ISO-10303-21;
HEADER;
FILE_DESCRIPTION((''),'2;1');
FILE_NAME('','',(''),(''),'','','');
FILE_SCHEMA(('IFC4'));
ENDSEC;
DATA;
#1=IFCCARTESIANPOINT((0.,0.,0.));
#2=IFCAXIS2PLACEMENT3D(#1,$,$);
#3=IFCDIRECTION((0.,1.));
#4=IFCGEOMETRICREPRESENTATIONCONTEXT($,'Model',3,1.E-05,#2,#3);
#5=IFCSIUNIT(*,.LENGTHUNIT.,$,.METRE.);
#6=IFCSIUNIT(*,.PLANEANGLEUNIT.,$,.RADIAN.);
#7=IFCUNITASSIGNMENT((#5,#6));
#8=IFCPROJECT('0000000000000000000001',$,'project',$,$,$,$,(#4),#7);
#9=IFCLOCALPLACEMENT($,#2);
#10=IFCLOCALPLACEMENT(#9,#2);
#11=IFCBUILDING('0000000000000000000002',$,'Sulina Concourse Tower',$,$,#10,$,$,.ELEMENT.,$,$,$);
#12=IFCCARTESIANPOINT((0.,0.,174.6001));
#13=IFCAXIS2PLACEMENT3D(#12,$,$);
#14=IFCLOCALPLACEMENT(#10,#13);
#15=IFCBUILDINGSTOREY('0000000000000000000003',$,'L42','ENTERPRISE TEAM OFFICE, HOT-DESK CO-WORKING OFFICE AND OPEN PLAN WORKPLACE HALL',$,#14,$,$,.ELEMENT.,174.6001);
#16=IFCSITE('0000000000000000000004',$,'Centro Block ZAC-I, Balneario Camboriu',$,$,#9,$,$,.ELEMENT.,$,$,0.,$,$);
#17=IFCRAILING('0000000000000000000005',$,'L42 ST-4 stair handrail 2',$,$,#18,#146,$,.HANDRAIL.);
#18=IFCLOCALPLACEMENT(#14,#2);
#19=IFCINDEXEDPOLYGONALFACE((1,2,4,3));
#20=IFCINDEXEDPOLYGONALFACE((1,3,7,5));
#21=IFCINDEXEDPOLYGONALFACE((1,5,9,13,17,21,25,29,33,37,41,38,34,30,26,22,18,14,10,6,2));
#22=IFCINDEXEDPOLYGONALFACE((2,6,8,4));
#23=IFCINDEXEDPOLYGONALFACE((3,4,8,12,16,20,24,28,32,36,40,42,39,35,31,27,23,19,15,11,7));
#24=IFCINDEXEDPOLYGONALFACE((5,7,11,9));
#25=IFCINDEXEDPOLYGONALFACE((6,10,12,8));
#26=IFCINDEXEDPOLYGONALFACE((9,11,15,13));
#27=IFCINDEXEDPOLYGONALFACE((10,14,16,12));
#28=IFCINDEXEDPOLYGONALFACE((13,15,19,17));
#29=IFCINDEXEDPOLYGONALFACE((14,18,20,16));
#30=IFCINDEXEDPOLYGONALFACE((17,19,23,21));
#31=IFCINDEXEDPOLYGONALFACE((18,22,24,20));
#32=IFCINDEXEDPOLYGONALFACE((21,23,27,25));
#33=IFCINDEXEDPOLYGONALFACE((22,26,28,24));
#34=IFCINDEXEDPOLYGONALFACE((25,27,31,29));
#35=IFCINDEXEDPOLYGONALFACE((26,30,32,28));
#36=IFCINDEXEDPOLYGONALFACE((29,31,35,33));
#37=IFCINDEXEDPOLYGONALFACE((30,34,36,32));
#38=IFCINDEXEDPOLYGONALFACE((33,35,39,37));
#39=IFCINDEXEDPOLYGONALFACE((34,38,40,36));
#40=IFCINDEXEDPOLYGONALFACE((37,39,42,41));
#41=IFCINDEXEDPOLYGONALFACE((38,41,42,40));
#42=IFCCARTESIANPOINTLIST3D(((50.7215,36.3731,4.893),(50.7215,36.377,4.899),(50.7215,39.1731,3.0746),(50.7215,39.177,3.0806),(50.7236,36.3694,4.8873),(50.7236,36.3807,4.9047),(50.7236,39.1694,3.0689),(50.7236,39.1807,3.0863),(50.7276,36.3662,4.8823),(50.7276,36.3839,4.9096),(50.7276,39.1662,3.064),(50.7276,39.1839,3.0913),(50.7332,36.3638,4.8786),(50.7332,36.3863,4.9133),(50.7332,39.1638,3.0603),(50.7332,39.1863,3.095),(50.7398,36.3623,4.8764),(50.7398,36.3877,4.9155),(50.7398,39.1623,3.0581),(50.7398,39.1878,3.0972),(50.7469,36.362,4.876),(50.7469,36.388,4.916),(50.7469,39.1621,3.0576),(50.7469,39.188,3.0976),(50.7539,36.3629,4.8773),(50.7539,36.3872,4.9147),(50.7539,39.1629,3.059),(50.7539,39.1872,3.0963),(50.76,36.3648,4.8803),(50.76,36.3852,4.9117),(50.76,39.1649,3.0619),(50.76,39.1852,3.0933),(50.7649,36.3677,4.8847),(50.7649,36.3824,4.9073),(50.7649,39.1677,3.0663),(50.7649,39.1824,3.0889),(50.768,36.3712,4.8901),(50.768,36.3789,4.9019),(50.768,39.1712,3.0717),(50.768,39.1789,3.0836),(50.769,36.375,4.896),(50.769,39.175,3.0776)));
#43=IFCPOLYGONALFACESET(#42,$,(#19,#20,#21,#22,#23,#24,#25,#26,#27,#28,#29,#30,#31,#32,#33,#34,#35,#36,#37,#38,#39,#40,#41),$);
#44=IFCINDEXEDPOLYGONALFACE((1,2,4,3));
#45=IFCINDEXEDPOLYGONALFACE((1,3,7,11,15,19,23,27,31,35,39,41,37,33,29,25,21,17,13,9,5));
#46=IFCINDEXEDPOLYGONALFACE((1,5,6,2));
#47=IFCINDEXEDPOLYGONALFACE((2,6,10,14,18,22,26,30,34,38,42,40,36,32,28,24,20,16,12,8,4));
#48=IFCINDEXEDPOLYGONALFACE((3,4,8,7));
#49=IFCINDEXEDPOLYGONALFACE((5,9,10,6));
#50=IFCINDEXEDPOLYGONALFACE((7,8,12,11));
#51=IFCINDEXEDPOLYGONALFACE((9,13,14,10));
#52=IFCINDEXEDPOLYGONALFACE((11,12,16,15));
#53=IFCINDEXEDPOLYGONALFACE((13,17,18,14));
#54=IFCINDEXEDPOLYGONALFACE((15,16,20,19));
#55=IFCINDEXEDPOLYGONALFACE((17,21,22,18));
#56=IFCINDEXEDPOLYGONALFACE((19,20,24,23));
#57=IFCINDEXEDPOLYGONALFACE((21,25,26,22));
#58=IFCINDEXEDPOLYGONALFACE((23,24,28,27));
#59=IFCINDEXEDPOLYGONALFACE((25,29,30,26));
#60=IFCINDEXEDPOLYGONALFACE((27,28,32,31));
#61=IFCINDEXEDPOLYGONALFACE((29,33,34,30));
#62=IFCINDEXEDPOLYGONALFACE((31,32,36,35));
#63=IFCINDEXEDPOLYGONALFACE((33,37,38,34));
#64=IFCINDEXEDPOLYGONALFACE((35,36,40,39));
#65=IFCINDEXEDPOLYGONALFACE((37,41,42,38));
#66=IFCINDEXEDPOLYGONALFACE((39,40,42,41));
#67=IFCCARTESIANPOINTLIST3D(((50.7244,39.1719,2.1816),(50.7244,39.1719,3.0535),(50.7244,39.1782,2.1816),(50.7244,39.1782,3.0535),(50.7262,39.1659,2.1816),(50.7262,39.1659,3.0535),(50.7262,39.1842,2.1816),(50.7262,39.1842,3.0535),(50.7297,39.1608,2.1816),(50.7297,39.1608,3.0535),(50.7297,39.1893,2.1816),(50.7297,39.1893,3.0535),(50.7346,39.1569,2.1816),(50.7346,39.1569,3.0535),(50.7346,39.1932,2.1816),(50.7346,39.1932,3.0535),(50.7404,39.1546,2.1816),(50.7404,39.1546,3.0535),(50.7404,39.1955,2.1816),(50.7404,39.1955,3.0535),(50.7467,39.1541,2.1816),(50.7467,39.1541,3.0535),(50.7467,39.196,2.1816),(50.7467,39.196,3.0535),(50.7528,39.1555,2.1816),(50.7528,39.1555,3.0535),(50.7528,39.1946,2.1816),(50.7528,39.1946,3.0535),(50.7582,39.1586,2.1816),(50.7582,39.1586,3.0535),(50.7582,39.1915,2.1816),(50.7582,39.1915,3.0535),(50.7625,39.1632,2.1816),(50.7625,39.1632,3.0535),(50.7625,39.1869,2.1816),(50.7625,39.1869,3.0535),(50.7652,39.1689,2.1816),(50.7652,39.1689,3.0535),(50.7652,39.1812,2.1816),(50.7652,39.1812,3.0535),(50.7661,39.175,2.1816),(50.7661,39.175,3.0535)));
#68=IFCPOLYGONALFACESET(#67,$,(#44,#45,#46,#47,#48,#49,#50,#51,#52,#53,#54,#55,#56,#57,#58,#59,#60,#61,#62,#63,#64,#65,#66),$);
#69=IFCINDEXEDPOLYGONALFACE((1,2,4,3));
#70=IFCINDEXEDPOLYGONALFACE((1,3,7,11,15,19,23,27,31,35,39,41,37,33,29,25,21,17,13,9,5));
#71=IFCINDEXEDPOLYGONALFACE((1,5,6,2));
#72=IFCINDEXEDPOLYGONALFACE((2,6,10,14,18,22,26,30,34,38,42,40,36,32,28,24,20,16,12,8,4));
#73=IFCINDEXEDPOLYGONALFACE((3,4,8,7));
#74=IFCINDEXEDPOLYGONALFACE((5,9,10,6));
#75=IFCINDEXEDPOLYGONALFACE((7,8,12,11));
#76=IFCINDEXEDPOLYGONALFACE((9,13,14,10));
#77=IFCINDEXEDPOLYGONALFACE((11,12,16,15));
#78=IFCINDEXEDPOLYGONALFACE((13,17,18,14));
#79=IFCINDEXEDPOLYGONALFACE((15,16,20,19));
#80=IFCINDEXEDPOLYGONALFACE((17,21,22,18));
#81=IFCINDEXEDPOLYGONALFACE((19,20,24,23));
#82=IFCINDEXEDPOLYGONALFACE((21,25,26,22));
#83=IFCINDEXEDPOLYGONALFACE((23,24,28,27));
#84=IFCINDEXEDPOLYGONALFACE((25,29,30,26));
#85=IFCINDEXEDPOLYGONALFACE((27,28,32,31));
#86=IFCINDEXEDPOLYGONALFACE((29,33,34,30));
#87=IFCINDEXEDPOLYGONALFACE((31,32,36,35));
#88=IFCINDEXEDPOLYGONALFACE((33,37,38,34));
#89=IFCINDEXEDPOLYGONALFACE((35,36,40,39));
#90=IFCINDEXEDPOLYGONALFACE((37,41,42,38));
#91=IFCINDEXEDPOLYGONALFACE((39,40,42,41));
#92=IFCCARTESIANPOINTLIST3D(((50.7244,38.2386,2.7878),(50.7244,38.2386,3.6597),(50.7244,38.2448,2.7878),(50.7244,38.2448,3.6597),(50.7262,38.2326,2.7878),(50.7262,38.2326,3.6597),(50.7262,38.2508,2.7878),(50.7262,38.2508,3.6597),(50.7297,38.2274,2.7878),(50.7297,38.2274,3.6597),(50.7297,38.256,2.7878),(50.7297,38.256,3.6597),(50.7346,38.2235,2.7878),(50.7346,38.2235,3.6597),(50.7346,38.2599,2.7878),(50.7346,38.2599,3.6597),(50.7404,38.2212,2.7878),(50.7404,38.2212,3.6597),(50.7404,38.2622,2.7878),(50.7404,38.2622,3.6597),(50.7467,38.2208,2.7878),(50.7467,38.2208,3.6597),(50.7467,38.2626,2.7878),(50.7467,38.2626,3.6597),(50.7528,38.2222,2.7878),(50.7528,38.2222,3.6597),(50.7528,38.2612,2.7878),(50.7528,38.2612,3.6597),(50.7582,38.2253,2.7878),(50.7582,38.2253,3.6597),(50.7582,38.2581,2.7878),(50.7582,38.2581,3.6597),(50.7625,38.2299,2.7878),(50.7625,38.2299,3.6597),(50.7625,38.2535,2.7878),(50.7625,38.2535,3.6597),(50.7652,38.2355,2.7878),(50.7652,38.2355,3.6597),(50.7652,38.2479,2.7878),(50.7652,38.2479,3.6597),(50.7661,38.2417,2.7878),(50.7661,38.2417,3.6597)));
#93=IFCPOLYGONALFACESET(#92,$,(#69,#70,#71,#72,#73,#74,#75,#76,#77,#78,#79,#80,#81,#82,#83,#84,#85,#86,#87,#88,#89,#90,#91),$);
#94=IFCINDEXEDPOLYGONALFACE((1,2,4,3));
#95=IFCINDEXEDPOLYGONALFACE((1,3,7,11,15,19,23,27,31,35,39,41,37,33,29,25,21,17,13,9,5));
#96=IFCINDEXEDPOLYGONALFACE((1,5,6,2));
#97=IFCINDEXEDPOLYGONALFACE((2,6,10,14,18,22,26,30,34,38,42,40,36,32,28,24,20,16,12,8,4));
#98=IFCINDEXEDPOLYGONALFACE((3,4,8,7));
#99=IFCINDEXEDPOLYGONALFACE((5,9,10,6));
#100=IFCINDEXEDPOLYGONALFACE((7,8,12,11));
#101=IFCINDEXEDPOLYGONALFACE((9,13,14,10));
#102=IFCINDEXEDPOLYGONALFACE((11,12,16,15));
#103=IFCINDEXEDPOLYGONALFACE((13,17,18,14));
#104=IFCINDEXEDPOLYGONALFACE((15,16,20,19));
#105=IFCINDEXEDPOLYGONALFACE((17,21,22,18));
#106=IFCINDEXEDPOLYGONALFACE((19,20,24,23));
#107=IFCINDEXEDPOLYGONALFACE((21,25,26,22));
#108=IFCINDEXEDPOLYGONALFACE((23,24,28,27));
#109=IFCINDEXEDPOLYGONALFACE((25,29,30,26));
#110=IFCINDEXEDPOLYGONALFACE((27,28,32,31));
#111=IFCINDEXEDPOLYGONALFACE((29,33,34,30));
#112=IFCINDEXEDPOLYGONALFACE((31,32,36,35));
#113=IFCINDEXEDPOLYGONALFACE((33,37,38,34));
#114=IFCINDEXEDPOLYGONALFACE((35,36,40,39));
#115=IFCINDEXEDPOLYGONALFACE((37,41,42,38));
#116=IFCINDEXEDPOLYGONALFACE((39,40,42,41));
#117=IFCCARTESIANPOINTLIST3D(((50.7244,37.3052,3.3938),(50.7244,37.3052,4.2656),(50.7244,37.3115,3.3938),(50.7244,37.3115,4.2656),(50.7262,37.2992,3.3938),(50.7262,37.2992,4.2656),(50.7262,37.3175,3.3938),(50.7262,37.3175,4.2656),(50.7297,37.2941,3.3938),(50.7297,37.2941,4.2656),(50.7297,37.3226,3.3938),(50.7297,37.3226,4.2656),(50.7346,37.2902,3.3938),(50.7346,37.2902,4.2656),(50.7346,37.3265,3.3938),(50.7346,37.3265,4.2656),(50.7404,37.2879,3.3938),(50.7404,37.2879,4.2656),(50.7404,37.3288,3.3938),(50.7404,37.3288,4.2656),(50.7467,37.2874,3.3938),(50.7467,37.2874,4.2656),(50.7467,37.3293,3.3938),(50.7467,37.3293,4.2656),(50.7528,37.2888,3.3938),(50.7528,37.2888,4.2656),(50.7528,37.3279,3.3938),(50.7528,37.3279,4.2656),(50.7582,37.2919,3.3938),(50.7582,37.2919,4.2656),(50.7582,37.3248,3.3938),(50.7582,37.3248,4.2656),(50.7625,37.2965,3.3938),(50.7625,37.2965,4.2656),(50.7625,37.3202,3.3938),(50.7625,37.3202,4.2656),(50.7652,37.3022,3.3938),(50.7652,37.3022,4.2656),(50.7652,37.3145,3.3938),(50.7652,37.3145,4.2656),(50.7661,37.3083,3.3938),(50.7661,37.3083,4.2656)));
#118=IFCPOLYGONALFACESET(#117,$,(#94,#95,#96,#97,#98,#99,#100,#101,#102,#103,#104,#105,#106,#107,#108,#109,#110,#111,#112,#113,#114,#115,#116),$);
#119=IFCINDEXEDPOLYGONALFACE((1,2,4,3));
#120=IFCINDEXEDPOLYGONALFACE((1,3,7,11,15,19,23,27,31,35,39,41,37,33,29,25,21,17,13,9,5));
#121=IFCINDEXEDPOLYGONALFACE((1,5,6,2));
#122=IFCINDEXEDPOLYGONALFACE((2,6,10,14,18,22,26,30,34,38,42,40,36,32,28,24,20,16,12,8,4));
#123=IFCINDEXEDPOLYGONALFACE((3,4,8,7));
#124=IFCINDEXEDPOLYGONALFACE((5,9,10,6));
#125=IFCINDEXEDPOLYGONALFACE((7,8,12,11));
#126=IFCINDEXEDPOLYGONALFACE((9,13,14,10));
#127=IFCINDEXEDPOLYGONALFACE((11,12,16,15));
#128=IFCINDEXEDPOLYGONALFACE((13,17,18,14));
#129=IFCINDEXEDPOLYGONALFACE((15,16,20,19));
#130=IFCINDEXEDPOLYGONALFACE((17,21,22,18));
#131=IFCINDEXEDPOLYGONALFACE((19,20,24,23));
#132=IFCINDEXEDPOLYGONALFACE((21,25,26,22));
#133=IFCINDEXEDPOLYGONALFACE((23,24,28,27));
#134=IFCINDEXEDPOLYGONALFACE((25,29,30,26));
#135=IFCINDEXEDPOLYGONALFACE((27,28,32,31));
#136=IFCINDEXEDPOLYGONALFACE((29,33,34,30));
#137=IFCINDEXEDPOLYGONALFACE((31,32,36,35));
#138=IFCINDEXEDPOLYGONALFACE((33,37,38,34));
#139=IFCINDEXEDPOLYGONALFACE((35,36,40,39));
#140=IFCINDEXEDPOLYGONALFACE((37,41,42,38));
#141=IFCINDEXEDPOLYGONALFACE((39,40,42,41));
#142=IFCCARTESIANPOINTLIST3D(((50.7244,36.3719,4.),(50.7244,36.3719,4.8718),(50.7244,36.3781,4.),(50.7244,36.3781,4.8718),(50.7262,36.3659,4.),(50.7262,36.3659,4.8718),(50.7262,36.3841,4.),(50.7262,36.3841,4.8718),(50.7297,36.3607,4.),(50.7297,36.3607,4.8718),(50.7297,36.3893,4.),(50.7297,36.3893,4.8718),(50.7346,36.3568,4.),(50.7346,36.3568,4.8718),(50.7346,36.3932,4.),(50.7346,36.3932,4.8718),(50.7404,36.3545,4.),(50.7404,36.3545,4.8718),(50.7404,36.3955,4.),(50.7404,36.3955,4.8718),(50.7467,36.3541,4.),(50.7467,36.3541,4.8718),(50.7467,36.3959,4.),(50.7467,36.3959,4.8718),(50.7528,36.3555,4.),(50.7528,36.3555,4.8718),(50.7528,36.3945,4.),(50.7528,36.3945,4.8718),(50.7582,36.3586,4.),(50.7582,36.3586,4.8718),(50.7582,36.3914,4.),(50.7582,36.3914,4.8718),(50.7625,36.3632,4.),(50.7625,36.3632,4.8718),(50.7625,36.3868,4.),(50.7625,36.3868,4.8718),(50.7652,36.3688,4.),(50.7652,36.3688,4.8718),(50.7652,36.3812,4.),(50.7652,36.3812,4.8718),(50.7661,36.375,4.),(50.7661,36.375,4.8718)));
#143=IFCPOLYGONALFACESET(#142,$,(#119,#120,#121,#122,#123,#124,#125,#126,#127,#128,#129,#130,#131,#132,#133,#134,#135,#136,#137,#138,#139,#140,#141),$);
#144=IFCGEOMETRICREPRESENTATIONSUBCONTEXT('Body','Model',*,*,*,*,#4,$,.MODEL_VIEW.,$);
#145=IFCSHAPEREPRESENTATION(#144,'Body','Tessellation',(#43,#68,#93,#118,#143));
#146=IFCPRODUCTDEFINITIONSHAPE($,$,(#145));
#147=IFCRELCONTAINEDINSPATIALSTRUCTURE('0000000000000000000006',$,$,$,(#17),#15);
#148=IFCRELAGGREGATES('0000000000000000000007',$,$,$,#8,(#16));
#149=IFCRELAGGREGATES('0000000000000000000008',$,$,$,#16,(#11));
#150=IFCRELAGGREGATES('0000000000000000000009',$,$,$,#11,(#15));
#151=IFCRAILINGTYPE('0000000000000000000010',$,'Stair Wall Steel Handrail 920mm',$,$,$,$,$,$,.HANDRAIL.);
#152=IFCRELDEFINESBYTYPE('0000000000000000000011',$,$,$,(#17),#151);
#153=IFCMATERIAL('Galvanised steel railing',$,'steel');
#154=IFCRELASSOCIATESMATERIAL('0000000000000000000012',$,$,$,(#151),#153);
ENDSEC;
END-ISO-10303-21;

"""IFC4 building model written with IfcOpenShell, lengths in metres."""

from ifc_helpers import new_model, si_unit, direction, frame, origin, origin_2d, place, context, subcontext, project, spatial, circle, extrude, material, type_object, element, save


model = new_model("IFC4")

# Units and contexts
model_context = context("Model", 3, precision=1e-05, world=origin(), true_north=direction((0.0, 1.0)))
body_context = subcontext(model_context, "Body", "Model", "MODEL_VIEW")
ifc_project = project(units=[si_unit("LENGTHUNIT", "METRE"), si_unit("PLANEANGLEUNIT", "RADIAN")], contexts=[model_context])

# Site, building, storey
site_placement = place(None, origin())
site = spatial("IfcSite", under=ifc_project, at=site_placement, Name="Centro Block ZAC-I, Balneario Camboriu", CompositionType="ELEMENT", RefElevation=0.0)
building_placement = place(site_placement, origin())
building = spatial("IfcBuilding", under=site, at=building_placement, Name="Sulina Concourse Tower", CompositionType="ELEMENT")
storey_placement = place(building_placement, frame((0.0, 0.0, 174.6001)))
storey = spatial("IfcBuildingStorey", under=building, at=storey_placement, Name="L42", Description="ENTERPRISE TEAM OFFICE, HOT-DESK CO-WORKING OFFICE AND OPEN PLAN WORKPLACE HALL", CompositionType="ELEMENT", Elevation=174.6001)

# Railing
ifc_material_1 = material(Name="Galvanised steel railing", Category="steel")
railing_type_1 = type_object("IfcRailingType", Name="Stair Wall Steel Handrail 920mm", PredefinedType="HANDRAIL", material=ifc_material_1)
railing_1_placement = place(storey_placement, frame((50.7451, 39.175, 2.1816)))
element("IfcRailing", 1, at=railing_1_placement, inside=storey, type_object=railing_type_1, Name="L42 ST-4 stair handrail 2", PredefinedType="HANDRAIL", context=body_context, shape_type="SweptSolid", body=[
    extrude(circle(Radius=0.0239, at=origin_2d()), frame((0.0, 0.0, 0.896), z_axis=(0.0, -0.838672, 0.544636), x_axis=(1.0, 0.0, 0.0)), (0.0, 0.0, 1.0), 3.3386),
    extrude(circle(Radius=0.021, at=origin_2d()), origin(), (0.0, 0.0, 1.0), 0.8718),
    extrude(circle(Radius=0.021, at=origin_2d()), frame((0.0, -0.9333, 0.6062)), (0.0, 0.0, 1.0), 0.8718),
    extrude(circle(Radius=0.021, at=origin_2d()), frame((0.0, -1.8667, 1.2122)), (0.0, 0.0, 1.0), 0.8718),
    extrude(circle(Radius=0.021, at=origin_2d()), frame((0.0, -2.8, 1.8184)), (0.0, 0.0, 1.0), 0.8718),
])

save(model, "model.ifc")
